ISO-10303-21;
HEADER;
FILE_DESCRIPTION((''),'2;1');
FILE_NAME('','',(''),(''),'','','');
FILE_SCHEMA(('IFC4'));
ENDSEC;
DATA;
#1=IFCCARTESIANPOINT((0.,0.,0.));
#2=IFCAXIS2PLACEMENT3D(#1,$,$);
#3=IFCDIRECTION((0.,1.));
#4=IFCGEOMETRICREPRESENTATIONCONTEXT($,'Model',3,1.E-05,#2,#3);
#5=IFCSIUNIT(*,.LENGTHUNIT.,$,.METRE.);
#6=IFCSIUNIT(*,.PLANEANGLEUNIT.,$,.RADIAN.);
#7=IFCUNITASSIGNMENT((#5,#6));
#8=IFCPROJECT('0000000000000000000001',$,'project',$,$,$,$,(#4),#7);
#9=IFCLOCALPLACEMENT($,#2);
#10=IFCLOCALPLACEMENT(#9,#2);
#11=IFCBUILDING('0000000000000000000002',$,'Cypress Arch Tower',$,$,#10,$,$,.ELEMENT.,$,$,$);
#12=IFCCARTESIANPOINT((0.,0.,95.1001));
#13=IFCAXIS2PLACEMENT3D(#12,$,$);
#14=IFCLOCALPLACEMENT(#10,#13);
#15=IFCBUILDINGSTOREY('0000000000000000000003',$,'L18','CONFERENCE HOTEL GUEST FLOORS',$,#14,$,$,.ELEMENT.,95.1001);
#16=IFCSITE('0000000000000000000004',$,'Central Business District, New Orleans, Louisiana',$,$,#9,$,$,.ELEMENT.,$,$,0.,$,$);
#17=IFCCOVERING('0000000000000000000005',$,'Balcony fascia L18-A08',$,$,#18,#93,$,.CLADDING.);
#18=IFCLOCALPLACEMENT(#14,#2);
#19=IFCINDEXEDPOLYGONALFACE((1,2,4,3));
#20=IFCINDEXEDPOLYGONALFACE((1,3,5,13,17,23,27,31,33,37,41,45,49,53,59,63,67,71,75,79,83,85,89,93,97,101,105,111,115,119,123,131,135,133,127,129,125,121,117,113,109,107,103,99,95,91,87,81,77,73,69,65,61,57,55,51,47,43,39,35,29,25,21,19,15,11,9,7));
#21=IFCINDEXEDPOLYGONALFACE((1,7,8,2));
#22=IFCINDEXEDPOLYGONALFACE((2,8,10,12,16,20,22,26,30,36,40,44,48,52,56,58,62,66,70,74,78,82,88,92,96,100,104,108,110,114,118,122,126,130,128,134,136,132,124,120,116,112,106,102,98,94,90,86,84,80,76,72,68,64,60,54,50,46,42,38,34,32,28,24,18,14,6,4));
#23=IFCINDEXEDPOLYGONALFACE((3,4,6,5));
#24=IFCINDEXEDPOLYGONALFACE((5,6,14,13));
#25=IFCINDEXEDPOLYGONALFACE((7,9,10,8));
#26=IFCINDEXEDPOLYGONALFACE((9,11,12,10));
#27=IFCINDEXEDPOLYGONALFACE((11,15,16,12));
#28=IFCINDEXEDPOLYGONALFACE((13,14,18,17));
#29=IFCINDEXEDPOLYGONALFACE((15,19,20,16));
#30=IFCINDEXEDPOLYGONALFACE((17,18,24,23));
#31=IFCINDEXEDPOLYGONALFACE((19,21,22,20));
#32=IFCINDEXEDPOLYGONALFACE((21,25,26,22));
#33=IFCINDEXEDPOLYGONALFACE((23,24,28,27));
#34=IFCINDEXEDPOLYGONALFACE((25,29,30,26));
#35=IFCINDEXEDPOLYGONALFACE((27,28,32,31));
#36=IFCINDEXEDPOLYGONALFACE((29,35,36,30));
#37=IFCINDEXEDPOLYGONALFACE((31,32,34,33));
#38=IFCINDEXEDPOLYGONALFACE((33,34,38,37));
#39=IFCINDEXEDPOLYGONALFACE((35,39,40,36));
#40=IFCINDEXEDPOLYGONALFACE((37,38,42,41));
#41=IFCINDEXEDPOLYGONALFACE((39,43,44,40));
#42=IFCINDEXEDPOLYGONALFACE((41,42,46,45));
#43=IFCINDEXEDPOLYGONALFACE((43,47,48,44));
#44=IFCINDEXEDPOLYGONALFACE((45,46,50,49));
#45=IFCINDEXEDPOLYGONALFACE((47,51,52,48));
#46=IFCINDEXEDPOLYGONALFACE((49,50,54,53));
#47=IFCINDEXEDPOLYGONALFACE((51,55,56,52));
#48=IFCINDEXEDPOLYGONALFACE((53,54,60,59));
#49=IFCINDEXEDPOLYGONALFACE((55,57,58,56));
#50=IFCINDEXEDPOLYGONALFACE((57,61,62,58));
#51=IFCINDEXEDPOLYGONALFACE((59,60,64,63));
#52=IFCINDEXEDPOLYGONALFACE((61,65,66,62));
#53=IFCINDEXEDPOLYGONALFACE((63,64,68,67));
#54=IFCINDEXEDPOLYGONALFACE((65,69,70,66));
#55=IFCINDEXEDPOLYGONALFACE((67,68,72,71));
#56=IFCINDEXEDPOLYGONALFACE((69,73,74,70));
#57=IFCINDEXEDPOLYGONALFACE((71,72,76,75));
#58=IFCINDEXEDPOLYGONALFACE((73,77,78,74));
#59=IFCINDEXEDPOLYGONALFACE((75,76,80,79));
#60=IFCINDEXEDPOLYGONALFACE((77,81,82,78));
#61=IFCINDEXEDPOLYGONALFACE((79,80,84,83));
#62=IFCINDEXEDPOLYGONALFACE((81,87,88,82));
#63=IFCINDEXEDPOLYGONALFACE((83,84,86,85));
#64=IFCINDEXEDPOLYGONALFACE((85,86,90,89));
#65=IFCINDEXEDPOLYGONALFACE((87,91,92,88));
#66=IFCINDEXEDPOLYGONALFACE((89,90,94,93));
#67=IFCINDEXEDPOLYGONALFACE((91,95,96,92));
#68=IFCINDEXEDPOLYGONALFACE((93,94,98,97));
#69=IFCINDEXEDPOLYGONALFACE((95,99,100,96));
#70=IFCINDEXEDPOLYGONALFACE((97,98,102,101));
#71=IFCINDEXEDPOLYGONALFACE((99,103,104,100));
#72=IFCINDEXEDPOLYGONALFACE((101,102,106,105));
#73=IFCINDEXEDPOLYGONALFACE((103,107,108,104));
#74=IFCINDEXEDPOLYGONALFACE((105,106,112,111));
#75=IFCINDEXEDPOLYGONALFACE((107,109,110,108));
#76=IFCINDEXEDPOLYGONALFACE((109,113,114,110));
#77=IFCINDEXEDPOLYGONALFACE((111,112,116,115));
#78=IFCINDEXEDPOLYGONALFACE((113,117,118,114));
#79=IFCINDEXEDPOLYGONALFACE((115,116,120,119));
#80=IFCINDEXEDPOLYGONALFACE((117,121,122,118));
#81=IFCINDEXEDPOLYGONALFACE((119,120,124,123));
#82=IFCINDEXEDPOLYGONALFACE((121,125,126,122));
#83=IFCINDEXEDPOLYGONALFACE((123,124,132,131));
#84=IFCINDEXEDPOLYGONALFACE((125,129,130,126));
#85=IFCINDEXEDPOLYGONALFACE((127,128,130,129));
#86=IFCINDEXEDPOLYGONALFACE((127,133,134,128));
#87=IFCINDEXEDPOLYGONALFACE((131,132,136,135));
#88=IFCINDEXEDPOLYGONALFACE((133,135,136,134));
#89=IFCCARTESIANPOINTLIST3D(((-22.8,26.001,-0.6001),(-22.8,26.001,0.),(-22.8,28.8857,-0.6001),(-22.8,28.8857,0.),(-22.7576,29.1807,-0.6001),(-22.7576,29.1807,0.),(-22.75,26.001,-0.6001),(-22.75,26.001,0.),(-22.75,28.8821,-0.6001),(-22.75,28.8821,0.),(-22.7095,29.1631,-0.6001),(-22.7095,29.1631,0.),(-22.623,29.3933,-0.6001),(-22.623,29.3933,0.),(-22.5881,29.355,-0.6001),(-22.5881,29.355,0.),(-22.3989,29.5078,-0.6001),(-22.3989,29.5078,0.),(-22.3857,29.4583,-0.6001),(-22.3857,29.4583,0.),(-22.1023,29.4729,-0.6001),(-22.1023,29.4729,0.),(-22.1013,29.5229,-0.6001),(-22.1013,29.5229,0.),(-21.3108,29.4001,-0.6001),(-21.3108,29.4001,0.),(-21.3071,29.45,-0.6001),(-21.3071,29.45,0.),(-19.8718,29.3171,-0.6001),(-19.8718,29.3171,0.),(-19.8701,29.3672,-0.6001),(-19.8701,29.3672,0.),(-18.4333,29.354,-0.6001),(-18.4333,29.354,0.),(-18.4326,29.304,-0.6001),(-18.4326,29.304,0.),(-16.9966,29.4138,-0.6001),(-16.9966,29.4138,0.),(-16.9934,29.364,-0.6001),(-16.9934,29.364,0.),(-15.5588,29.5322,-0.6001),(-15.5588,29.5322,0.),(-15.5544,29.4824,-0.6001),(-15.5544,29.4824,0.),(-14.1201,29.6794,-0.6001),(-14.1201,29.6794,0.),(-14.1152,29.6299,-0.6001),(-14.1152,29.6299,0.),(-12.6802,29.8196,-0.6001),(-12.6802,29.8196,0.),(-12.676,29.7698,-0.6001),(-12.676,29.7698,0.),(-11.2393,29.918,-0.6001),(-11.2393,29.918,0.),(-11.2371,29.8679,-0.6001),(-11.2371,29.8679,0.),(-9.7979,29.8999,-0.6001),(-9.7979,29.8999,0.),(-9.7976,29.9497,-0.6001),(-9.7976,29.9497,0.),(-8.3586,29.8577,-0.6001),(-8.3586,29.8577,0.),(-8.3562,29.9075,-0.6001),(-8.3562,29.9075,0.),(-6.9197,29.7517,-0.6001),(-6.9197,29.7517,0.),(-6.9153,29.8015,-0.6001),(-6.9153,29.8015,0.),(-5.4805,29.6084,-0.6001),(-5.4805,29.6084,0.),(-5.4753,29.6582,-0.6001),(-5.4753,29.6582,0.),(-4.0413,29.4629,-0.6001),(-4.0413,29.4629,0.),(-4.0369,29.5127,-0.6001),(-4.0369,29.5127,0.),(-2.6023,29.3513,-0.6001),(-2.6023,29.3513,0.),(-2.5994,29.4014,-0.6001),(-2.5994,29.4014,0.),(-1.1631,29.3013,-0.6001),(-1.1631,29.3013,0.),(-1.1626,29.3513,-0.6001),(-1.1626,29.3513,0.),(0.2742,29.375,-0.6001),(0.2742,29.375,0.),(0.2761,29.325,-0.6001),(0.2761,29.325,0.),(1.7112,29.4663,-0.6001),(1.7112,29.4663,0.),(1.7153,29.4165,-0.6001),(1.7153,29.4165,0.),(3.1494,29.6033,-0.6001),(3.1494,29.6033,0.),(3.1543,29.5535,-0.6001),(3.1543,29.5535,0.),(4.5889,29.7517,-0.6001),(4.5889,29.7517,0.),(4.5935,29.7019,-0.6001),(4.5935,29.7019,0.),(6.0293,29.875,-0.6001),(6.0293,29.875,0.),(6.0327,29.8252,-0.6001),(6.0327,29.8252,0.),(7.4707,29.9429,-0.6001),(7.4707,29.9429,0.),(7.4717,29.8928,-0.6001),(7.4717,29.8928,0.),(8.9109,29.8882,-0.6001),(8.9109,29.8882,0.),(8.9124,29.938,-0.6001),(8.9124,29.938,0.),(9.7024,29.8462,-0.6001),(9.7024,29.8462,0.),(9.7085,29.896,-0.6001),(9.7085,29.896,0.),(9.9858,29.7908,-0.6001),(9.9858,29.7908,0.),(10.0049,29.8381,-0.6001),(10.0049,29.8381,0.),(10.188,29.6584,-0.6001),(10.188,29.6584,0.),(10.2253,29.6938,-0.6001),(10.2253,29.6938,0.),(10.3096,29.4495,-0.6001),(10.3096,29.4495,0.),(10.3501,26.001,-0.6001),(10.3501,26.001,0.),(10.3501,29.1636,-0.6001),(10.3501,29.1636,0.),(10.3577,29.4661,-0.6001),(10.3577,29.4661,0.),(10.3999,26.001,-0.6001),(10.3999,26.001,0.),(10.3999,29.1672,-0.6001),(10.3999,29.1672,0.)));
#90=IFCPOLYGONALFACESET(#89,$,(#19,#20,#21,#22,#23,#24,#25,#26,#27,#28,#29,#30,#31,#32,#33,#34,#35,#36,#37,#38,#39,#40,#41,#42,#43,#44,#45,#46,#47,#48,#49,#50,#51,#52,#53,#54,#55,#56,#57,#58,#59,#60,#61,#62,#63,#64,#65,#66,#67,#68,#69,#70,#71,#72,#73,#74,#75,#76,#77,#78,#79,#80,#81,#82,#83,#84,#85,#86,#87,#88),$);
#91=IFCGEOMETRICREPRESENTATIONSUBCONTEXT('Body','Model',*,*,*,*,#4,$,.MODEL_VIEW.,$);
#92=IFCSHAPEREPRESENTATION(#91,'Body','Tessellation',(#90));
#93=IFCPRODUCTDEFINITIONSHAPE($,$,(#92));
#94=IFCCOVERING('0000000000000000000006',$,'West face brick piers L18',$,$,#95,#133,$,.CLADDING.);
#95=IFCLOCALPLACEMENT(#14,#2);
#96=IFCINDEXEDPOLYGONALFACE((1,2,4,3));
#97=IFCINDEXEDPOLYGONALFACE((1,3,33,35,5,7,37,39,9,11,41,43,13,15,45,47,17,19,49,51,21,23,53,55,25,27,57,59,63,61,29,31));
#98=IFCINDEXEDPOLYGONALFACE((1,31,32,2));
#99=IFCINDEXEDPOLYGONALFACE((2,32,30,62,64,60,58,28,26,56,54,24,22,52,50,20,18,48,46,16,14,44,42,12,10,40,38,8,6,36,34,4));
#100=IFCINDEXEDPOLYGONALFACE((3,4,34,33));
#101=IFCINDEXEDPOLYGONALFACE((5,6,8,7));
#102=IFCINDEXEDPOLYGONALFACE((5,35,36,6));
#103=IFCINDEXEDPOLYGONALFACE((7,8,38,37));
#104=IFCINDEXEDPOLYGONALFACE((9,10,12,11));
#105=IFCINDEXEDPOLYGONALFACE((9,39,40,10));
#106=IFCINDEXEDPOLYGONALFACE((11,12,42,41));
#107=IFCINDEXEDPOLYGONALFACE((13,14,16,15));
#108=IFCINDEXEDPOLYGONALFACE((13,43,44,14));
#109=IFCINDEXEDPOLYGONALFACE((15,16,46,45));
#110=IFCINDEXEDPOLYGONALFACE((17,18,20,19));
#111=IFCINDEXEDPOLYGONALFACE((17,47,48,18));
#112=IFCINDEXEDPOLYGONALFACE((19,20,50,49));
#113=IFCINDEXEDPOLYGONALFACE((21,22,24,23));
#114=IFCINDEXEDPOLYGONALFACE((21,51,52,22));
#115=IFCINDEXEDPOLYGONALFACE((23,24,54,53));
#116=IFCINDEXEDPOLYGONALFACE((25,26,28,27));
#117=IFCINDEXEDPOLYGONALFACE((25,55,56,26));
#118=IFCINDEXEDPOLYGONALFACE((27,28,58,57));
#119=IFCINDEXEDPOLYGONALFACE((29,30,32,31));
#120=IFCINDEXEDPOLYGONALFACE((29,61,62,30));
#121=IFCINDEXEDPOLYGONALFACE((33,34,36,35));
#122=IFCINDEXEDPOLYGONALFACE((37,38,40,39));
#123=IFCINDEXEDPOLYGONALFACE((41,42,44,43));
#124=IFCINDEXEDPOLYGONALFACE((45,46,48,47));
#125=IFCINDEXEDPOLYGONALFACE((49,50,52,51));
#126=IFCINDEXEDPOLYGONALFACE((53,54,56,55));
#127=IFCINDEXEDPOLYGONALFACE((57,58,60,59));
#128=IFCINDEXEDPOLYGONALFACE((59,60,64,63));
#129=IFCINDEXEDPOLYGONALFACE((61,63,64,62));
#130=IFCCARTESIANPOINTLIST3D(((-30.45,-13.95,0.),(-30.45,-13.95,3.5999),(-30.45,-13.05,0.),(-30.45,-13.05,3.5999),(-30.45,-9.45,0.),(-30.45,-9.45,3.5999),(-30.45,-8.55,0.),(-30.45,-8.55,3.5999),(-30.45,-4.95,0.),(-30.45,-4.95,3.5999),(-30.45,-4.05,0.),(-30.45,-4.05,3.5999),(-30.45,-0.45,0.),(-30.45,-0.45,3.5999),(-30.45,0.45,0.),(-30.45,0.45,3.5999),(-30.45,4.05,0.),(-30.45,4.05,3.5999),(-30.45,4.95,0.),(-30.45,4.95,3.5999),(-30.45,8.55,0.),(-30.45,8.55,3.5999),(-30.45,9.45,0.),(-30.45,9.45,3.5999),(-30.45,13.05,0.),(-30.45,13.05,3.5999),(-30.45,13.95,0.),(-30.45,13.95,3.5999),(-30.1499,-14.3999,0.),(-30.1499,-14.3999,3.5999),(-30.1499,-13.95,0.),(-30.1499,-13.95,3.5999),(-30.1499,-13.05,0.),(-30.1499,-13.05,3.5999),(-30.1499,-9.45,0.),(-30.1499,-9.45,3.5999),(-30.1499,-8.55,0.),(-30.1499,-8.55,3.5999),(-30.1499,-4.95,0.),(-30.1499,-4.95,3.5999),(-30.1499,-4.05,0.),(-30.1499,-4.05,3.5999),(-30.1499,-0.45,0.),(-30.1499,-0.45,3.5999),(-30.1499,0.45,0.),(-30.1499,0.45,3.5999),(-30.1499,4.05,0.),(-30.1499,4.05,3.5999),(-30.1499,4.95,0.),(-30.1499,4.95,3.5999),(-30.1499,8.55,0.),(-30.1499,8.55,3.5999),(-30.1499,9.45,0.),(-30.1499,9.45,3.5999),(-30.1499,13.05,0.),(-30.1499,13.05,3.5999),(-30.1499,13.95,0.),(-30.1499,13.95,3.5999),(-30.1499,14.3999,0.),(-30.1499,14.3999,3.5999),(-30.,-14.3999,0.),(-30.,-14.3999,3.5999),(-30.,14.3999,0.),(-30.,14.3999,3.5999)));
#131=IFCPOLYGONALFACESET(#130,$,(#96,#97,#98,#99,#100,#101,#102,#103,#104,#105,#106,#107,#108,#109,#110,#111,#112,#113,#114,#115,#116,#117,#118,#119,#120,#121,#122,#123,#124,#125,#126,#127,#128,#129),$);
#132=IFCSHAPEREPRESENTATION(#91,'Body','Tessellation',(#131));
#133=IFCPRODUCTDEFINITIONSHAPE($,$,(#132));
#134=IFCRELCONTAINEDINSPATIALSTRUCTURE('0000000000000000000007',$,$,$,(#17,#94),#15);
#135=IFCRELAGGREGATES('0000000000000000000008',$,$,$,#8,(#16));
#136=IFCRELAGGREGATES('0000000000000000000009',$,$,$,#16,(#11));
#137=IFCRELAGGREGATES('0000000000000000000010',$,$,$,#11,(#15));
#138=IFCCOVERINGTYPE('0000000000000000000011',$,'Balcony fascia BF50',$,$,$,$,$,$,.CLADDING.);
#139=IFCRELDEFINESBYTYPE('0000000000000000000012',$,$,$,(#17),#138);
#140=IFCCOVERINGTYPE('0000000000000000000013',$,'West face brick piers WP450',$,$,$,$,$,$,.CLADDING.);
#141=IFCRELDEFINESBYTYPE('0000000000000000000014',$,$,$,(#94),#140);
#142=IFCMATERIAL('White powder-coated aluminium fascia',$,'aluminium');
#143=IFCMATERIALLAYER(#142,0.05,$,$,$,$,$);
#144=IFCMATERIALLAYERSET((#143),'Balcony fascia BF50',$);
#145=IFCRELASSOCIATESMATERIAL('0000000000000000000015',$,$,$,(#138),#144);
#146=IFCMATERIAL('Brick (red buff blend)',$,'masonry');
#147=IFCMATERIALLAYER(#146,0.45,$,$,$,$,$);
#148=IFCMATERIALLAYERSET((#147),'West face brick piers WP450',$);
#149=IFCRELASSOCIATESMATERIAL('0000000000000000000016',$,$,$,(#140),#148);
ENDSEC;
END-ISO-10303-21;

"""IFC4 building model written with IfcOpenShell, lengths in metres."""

from ifc_helpers import new_model, si_unit, direction, frame, origin, place, context, subcontext, project, spatial, polyline, outline, extrude, material, layer, layer_set, type_object, element, save


model = new_model("IFC4")

# Units and contexts
model_context = context("Model", 3, precision=1e-05, world=origin(), true_north=direction((0.0, 1.0)))
body_context = subcontext(model_context, "Body", "Model", "MODEL_VIEW")
ifc_project = project(units=[si_unit("LENGTHUNIT", "METRE"), si_unit("PLANEANGLEUNIT", "RADIAN")], contexts=[model_context])

# Site, building, storey
site_placement = place(None, origin())
site = spatial("IfcSite", under=ifc_project, at=site_placement, Name="Central Business District, New Orleans, Louisiana", CompositionType="ELEMENT", RefElevation=0.0)
building_placement = place(site_placement, origin())
building = spatial("IfcBuilding", under=site, at=building_placement, Name="Cypress Arch Tower", CompositionType="ELEMENT")
storey_placement = place(building_placement, frame((0.0, 0.0, 95.1001)))
storey = spatial("IfcBuildingStorey", under=building, at=storey_placement, Name="L18", Description="CONFERENCE HOTEL GUEST FLOORS", CompositionType="ELEMENT", Elevation=95.1001)

# Coverings
ifc_material_1 = material(Name="White powder-coated aluminium fascia", Category="aluminium")
ifc_layer_1 = layer(ifc_material_1, 0.05)
ifc_layer_set_1 = layer_set([ifc_layer_1], Name="Balcony fascia BF50")
covering_type_1 = type_object("IfcCoveringType", Name="Balcony fascia BF50", PredefinedType="CLADDING", material=ifc_layer_set_1)
covering_1_placement = place(storey_placement, frame((0.0, 0.0, -0.6001)))
element("IfcCovering", 1, at=covering_1_placement, inside=storey, type_object=covering_type_1, Name="Balcony fascia L18-A08", PredefinedType="CLADDING", context=body_context, shape_type="SweptSolid", body=[
    extrude(outline(polyline([(-22.8, 28.8857), (-22.7576, 29.1807), (-22.623, 29.3933), (-22.3989, 29.5078), (-22.1013, 29.5229), (-21.3071, 29.45), (-19.8701, 29.3672), (-18.4333, 29.354), (-16.9966, 29.4138), (-15.5588, 29.5322), (-14.1201, 29.6794), (-12.6802, 29.8196), (-11.2393, 29.918), (-9.7976, 29.9497), (-8.3562, 29.9075), (-6.9153, 29.8015), (-5.4753, 29.6582), (-4.0369, 29.5127), (-2.5994, 29.4014), (-1.1626, 29.3513), (0.2742, 29.375), (1.7112, 29.4663), (3.1494, 29.6033), (4.5889, 29.7517), (6.0293, 29.875), (7.4707, 29.9429), (8.9124, 29.938), (9.7085, 29.896), (10.0049, 29.8381), (10.2253, 29.6938), (10.3577, 29.4661), (10.3999, 29.1672), (10.3999, 26.001), (10.3501, 26.001), (10.3501, 29.1636), (10.3096, 29.4495), (10.188, 29.6584), (9.9858, 29.7908), (9.7024, 29.8462), (8.9109, 29.8882), (7.4717, 29.8928), (6.0327, 29.8252), (4.5935, 29.7019), (3.1543, 29.5535), (1.7153, 29.4165), (0.2761, 29.325), (-1.1631, 29.3013), (-2.6023, 29.3513), (-4.0413, 29.4629), (-5.4805, 29.6084), (-6.9197, 29.7517), (-8.3586, 29.8577), (-9.7979, 29.8999), (-11.2371, 29.8679), (-12.676, 29.7698), (-14.1152, 29.6299), (-15.5544, 29.4824), (-16.9934, 29.364), (-18.4326, 29.304), (-19.8718, 29.3171), (-21.3108, 29.4001), (-22.1023, 29.4729), (-22.3857, 29.4583), (-22.5881, 29.355), (-22.7095, 29.1631), (-22.75, 28.8821), (-22.75, 26.001), (-22.8, 26.001), (-22.8, 28.8857)])), origin(), (0.0, 0.0, 1.0), 0.6001),
])
ifc_material_2 = material(Name="Brick (red buff blend)", Category="masonry")
ifc_layer_2 = layer(ifc_material_2, 0.45)
ifc_layer_set_2 = layer_set([ifc_layer_2], Name="West face brick piers WP450")
covering_type_2 = type_object("IfcCoveringType", Name="West face brick piers WP450", PredefinedType="CLADDING", material=ifc_layer_set_2)
covering_2_placement = place(storey_placement, origin())
element("IfcCovering", 2, at=covering_2_placement, inside=storey, type_object=covering_type_2, Name="West face brick piers L18", PredefinedType="CLADDING", context=body_context, shape_type="SweptSolid", body=[
    extrude(outline(polyline([(-30.1499, -13.05), (-30.1499, -9.45), (-30.45, -9.45), (-30.45, -8.55), (-30.1499, -8.55), (-30.1499, -4.95), (-30.45, -4.95), (-30.45, -4.05), (-30.1499, -4.05), (-30.1499, -0.45), (-30.45, -0.45), (-30.45, 0.45), (-30.1499, 0.45), (-30.1499, 4.05), (-30.45, 4.05), (-30.45, 4.95), (-30.1499, 4.95), (-30.1499, 8.55), (-30.45, 8.55), (-30.45, 9.45), (-30.1499, 9.45), (-30.1499, 13.05), (-30.45, 13.05), (-30.45, 13.95), (-30.1499, 13.95), (-30.1499, 14.3999), (-30.0, 14.3999), (-30.0, -14.3999), (-30.1499, -14.3999), (-30.1499, -13.95), (-30.45, -13.95), (-30.45, -13.05), (-30.1499, -13.05)])), origin(), (0.0, 0.0, 1.0), 3.5999),
])

save(model, "model.ifc")
